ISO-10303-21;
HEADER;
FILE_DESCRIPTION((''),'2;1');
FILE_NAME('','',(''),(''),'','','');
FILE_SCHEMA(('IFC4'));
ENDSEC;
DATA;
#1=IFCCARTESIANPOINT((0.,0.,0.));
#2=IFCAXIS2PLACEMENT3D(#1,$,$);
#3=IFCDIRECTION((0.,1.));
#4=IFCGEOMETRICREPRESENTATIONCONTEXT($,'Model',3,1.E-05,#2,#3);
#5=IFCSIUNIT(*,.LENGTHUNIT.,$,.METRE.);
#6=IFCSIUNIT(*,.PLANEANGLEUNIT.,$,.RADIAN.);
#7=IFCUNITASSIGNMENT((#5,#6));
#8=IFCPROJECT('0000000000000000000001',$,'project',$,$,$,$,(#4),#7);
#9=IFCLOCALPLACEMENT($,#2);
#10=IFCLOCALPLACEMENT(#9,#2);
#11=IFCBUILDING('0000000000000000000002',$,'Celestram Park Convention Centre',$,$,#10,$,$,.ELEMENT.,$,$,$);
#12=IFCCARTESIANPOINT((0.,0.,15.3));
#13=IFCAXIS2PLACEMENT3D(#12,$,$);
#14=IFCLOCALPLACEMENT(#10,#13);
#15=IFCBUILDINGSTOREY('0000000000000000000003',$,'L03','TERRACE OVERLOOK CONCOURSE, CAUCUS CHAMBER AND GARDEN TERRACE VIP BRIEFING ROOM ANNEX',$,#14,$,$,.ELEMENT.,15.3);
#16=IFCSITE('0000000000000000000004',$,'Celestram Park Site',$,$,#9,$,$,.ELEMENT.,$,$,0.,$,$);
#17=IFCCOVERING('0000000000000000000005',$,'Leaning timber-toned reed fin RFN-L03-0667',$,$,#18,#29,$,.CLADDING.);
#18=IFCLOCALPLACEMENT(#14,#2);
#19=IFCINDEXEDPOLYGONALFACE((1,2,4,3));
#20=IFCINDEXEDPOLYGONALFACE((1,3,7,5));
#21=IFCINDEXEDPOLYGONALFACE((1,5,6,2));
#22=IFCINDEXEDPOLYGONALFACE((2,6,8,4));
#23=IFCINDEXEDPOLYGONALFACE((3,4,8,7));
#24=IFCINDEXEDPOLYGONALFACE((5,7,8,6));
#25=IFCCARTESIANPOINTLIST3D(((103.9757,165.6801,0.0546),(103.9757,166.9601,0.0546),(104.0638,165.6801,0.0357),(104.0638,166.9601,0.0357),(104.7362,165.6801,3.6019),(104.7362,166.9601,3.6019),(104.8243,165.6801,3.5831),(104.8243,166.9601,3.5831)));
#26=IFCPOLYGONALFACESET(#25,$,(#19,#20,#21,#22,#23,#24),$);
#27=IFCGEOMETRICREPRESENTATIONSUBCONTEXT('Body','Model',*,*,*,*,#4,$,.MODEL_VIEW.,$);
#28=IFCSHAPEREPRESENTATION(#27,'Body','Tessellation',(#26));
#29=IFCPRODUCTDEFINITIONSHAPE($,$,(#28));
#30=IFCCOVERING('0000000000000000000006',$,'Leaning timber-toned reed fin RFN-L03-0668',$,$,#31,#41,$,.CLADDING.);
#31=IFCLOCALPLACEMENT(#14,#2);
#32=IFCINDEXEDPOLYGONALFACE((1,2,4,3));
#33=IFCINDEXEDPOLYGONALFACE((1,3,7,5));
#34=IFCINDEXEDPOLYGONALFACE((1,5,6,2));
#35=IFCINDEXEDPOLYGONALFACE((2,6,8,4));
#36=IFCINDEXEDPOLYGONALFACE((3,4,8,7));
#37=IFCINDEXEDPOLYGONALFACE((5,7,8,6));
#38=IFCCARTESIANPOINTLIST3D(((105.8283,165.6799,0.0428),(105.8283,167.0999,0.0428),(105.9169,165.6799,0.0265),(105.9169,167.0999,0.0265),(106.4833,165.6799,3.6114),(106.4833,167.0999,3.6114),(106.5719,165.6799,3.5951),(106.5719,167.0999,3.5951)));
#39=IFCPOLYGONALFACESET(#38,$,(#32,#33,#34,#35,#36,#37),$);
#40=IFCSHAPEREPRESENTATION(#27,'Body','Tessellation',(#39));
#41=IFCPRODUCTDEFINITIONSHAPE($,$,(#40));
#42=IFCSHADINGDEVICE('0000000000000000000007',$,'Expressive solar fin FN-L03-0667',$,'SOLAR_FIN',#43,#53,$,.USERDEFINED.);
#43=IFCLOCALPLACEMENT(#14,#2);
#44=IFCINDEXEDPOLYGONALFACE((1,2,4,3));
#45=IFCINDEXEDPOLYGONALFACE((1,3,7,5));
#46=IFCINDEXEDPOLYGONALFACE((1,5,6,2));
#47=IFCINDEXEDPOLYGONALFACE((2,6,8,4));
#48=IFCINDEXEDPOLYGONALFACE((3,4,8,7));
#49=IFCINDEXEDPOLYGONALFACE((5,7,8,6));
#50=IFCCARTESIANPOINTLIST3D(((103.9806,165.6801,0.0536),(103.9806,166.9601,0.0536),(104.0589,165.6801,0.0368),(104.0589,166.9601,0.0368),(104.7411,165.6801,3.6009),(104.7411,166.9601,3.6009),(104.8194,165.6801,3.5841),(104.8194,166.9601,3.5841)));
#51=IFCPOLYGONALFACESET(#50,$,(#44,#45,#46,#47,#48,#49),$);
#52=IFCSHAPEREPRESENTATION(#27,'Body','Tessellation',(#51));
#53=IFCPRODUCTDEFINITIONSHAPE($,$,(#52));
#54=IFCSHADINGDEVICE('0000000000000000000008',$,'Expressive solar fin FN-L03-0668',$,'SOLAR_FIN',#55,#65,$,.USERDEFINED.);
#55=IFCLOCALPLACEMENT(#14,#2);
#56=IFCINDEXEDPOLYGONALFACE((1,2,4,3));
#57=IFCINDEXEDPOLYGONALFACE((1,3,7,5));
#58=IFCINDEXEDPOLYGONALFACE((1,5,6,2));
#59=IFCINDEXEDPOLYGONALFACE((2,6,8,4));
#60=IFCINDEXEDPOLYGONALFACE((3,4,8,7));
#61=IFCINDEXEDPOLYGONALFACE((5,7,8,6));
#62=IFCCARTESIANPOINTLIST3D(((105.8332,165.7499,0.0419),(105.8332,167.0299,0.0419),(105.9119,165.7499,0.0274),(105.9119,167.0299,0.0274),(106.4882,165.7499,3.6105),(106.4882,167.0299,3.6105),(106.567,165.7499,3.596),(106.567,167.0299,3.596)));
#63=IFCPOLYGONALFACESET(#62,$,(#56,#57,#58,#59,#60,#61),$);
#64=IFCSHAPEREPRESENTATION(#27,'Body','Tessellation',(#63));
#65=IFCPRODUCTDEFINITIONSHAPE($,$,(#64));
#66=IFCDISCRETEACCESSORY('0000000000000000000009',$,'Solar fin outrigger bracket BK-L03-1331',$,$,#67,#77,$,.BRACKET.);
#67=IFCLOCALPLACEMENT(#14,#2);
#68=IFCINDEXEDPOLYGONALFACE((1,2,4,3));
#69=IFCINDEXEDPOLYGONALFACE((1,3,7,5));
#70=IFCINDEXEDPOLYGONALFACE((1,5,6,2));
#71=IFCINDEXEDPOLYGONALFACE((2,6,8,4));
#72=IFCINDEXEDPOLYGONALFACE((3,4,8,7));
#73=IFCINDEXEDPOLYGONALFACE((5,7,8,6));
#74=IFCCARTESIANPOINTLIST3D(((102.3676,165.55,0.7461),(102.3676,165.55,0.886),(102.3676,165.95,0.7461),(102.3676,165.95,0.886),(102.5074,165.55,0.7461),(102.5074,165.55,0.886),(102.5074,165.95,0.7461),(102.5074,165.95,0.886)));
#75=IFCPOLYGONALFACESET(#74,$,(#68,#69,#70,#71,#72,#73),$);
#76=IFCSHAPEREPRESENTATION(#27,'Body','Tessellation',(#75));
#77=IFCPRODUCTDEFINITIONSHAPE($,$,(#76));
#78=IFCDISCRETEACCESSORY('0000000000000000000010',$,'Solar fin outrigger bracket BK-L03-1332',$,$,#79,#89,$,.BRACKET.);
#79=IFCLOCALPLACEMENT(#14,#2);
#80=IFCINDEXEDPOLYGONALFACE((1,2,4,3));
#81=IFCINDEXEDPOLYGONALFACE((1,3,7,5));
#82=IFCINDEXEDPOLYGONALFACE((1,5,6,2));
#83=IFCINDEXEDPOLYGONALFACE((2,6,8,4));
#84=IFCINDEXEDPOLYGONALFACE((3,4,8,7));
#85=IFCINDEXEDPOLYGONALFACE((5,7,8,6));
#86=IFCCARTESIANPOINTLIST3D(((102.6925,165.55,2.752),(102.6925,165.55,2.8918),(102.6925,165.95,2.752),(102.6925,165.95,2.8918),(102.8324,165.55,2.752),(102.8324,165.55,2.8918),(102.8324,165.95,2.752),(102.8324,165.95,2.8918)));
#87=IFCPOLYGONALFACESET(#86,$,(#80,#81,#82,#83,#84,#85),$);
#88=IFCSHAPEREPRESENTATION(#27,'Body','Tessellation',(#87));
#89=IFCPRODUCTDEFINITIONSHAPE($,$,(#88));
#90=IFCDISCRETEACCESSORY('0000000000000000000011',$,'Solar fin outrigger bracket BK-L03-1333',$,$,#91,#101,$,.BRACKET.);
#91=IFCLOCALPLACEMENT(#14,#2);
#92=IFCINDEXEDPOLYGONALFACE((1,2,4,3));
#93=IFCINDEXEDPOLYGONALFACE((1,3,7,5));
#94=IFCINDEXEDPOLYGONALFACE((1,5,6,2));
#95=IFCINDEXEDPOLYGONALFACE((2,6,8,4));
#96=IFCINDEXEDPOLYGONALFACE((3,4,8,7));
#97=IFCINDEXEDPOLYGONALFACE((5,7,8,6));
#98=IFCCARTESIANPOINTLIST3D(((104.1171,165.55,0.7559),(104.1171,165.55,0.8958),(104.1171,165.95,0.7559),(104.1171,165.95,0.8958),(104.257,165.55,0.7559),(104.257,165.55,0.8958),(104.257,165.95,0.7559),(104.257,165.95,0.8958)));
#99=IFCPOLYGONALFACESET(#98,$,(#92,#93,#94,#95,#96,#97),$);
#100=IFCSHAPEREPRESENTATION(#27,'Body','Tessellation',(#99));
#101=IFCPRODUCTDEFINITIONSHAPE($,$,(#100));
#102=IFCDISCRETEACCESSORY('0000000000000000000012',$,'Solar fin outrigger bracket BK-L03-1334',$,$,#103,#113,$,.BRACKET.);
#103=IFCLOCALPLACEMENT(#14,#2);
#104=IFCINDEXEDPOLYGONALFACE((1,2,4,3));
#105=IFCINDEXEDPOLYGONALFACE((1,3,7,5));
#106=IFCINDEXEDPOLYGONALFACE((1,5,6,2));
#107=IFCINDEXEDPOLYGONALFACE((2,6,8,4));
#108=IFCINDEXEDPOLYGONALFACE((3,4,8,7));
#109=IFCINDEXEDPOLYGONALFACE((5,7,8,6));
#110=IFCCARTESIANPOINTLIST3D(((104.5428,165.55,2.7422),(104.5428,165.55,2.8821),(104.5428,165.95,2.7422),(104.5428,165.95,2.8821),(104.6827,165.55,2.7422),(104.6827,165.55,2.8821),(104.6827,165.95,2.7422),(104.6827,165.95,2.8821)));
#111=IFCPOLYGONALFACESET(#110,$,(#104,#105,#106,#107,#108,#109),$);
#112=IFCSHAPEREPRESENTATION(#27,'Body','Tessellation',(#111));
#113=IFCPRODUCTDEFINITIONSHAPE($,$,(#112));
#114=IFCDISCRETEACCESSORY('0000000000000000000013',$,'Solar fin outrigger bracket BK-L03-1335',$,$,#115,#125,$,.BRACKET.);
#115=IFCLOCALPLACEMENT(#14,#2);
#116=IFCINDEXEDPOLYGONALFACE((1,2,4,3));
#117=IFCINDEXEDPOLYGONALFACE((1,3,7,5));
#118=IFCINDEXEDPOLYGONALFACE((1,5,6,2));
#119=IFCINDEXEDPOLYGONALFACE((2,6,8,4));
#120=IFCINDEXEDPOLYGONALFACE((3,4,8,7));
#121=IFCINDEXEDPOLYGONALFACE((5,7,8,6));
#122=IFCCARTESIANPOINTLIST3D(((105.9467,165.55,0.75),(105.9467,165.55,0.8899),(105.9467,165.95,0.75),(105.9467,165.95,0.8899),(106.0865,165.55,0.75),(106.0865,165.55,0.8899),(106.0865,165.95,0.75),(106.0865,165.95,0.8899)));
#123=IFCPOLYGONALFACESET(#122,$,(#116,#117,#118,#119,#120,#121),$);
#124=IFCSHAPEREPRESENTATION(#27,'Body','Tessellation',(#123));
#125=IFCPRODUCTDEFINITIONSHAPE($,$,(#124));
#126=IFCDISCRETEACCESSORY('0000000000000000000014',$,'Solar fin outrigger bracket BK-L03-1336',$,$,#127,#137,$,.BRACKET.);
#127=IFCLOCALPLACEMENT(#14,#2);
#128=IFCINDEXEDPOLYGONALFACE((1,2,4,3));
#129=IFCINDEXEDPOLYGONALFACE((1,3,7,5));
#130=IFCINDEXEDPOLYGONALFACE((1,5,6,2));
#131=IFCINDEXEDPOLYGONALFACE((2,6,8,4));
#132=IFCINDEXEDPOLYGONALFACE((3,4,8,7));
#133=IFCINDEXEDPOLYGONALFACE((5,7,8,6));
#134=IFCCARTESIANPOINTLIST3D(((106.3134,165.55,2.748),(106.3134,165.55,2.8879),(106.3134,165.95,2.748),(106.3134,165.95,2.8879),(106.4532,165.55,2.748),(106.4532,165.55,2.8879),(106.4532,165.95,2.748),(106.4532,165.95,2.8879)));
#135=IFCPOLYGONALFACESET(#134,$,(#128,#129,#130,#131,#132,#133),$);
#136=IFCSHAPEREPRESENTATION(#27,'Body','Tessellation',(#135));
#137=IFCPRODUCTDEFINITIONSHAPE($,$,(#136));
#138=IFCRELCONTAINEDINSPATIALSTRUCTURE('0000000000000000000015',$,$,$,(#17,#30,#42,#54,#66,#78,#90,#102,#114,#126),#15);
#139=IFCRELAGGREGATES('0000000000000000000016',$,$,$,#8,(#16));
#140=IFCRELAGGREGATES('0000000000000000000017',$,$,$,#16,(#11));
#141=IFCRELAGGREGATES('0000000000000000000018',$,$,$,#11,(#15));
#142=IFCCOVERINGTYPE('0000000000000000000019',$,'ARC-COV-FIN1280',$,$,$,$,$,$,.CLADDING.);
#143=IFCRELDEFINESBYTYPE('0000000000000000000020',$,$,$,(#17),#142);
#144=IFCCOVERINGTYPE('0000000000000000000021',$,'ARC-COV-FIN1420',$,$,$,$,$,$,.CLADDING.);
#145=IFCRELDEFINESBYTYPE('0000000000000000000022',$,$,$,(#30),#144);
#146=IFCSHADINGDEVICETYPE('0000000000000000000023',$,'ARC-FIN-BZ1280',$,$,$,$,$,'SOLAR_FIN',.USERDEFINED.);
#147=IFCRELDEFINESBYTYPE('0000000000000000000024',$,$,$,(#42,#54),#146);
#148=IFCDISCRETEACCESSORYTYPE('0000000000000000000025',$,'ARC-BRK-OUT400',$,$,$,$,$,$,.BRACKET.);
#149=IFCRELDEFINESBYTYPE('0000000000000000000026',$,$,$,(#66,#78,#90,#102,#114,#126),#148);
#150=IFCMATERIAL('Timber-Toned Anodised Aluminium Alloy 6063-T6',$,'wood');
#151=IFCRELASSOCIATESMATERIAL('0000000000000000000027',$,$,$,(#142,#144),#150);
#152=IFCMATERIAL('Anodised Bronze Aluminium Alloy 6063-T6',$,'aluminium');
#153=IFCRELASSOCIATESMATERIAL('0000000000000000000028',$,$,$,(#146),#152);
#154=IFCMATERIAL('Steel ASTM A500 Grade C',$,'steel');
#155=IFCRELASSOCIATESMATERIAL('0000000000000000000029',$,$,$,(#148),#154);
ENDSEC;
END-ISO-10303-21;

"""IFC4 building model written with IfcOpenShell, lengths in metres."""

from ifc_helpers import new_model, si_unit, direction, frame, origin, origin_2d, place, context, subcontext, project, spatial, rectangle, extrude, material, material_profile, profile_set, type_object, element, save


model = new_model("IFC4")

# Units and contexts
model_context = context("Model", 3, precision=1e-05, world=origin(), true_north=direction((0.0, 1.0)))
body_context = subcontext(model_context, "Body", "Model", "MODEL_VIEW")
ifc_project = project(units=[si_unit("LENGTHUNIT", "METRE"), si_unit("PLANEANGLEUNIT", "RADIAN")], contexts=[model_context])

# Site, building, storey
site_placement = place(None, origin())
site = spatial("IfcSite", under=ifc_project, at=site_placement, Name="Celestram Park Site", CompositionType="ELEMENT", RefElevation=0.0)
building_placement = place(site_placement, origin())
building = spatial("IfcBuilding", under=site, at=building_placement, Name="Celestram Park Convention Centre", CompositionType="ELEMENT")
storey_placement = place(building_placement, frame((0.0, 0.0, 15.3)))
storey = spatial("IfcBuildingStorey", under=building, at=storey_placement, Name="L03", Description="TERRACE OVERLOOK CONCOURSE, CAUCUS CHAMBER AND GARDEN TERRACE VIP BRIEFING ROOM ANNEX", CompositionType="ELEMENT", Elevation=15.3)

# Shared definitions
ifc_material_1 = material(Name="Steel ASTM A500 Grade C", Category="steel")

# Coverings
ifc_material_2 = material(Name="Timber-Toned Anodised Aluminium Alloy 6063-T6", Category="wood")
ifc_material_profile_1 = material_profile(ifc_material_2, rectangle(XDim=1.28, YDim=0.0901, at=origin_2d()), Name="REED1280X90")
ifc_profile_set_1 = profile_set([ifc_material_profile_1], Name="Timber-Toned Anodised Aluminium Alloy 6063-T6")
covering_type_1 = type_object("IfcCoveringType", Name="ARC-COV-FIN1280", PredefinedType="CLADDING", material=ifc_profile_set_1)
covering_1_placement = place(storey_placement, frame((104.0198, 166.3201, 0.0452), z_axis=(0.209621, 0.0, 0.977783), x_axis=(0.0, 1.0, 0.0)))
element("IfcCovering", 1, at=covering_1_placement, inside=storey, type_object=covering_type_1, Name="Leaning timber-toned reed fin RFN-L03-0667", PredefinedType="CLADDING", context=body_context, shape_type="SweptSolid", body=[
    extrude(rectangle(XDim=1.28, YDim=0.0901, at=origin_2d()), origin(), (0.0, 0.0, 1.0), 3.6279),
])
ifc_material_profile_2 = material_profile(ifc_material_2, rectangle(XDim=1.4199, YDim=0.0901, at=origin_2d()), Name="REED1420X90")
ifc_profile_set_2 = profile_set([ifc_material_profile_2], Name="Timber-Toned Anodised Aluminium Alloy 6063-T6")
covering_type_2 = type_object("IfcCoveringType", Name="ARC-COV-FIN1420", PredefinedType="CLADDING", material=ifc_profile_set_2)
covering_2_placement = place(storey_placement, frame((105.8726, 166.3899, 0.0347), z_axis=(0.180537, 0.0, 0.983568), x_axis=(0.0, 1.0, 0.0)))
element("IfcCovering", 2, at=covering_2_placement, inside=storey, type_object=covering_type_2, Name="Leaning timber-toned reed fin RFN-L03-0668", PredefinedType="CLADDING", context=body_context, shape_type="SweptSolid", body=[
    extrude(rectangle(XDim=1.4199, YDim=0.0901, at=origin_2d()), origin(), (0.0, 0.0, 1.0), 3.6282),
])

# Shading devices
ifc_material_3 = material(Name="Anodised Bronze Aluminium Alloy 6063-T6", Category="aluminium")
ifc_material_profile_3 = material_profile(ifc_material_3, rectangle(XDim=1.28, YDim=0.0801, at=origin_2d()), Name="FIN1280X80")
ifc_profile_set_3 = profile_set([ifc_material_profile_3], Name="Anodised Bronze Aluminium Alloy 6063-T6")
shading_device_type = type_object("IfcShadingDeviceType", Name="ARC-FIN-BZ1280", ElementType="SOLAR_FIN", PredefinedType="USERDEFINED", material=ifc_profile_set_3)
shading_device_1_placement = place(storey_placement, frame((104.0198, 166.3201, 0.0452), z_axis=(0.209621, 0.0, 0.977783), x_axis=(0.0, 1.0, 0.0)))
element("IfcShadingDevice", 3, at=shading_device_1_placement, inside=storey, type_object=shading_device_type, Name="Expressive solar fin FN-L03-0667", ObjectType="SOLAR_FIN", PredefinedType="USERDEFINED", context=body_context, shape_type="SweptSolid", body=[
    extrude(rectangle(XDim=1.28, YDim=0.0801, at=origin_2d()), origin(), (0.0, 0.0, 1.0), 3.6279),
])
shading_device_2_placement = place(storey_placement, frame((105.8726, 166.3899, 0.0347), z_axis=(0.180537, 0.0, 0.983568), x_axis=(0.0, 1.0, 0.0)))
element("IfcShadingDevice", 4, at=shading_device_2_placement, inside=storey, type_object=shading_device_type, Name="Expressive solar fin FN-L03-0668", ObjectType="SOLAR_FIN", PredefinedType="USERDEFINED", context=body_context, shape_type="SweptSolid", body=[
    extrude(rectangle(XDim=1.28, YDim=0.0801, at=origin_2d()), origin(), (0.0, 0.0, 1.0), 3.6282),
])

# Discrete accessories
discrete_accessory_type = type_object("IfcDiscreteAccessoryType", Name="ARC-BRK-OUT400", PredefinedType="BRACKET", material=ifc_material_1)
for number, where, z_axis, x_axis, name in (
    (5, (102.4375, 165.75, 0.7461), (0.0, 0.0, 1.0), (0.0, 1.0, 0.0), "Solar fin outrigger bracket BK-L03-1331"),
    (6, (102.7625, 165.75, 2.752), (0.0, 0.0, 1.0), (0.0, 1.0, 0.0), "Solar fin outrigger bracket BK-L03-1332"),
    (7, (104.187, 165.75, 0.7559), (0.0, 0.0, 1.0), (0.0, 1.0, 0.0), "Solar fin outrigger bracket BK-L03-1333"),
    (8, (104.6128, 165.75, 2.7422), (0.0, 0.0, 1.0), (0.0, 1.0, 0.0), "Solar fin outrigger bracket BK-L03-1334"),
    (9, (106.0166, 165.75, 0.75), (0.0, 0.0, 1.0), (0.0, 1.0, 0.0), "Solar fin outrigger bracket BK-L03-1335"),
    (10, (106.3833, 165.75, 2.748), (0.0, 0.0, 1.0), (0.0, 1.0, 0.0), "Solar fin outrigger bracket BK-L03-1336"),
):
    element("IfcDiscreteAccessory", number, at=place(storey_placement, frame(where, z_axis=z_axis, x_axis=x_axis)), inside=storey, type_object=discrete_accessory_type, Name=name, PredefinedType="BRACKET", context=body_context, shape_type="SweptSolid", body=[
        extrude(rectangle(XDim=0.3999, YDim=0.1399, at=origin_2d()), origin(), (0.0, 0.0, 1.0), 0.1399),
    ])

save(model, "model.ifc")
